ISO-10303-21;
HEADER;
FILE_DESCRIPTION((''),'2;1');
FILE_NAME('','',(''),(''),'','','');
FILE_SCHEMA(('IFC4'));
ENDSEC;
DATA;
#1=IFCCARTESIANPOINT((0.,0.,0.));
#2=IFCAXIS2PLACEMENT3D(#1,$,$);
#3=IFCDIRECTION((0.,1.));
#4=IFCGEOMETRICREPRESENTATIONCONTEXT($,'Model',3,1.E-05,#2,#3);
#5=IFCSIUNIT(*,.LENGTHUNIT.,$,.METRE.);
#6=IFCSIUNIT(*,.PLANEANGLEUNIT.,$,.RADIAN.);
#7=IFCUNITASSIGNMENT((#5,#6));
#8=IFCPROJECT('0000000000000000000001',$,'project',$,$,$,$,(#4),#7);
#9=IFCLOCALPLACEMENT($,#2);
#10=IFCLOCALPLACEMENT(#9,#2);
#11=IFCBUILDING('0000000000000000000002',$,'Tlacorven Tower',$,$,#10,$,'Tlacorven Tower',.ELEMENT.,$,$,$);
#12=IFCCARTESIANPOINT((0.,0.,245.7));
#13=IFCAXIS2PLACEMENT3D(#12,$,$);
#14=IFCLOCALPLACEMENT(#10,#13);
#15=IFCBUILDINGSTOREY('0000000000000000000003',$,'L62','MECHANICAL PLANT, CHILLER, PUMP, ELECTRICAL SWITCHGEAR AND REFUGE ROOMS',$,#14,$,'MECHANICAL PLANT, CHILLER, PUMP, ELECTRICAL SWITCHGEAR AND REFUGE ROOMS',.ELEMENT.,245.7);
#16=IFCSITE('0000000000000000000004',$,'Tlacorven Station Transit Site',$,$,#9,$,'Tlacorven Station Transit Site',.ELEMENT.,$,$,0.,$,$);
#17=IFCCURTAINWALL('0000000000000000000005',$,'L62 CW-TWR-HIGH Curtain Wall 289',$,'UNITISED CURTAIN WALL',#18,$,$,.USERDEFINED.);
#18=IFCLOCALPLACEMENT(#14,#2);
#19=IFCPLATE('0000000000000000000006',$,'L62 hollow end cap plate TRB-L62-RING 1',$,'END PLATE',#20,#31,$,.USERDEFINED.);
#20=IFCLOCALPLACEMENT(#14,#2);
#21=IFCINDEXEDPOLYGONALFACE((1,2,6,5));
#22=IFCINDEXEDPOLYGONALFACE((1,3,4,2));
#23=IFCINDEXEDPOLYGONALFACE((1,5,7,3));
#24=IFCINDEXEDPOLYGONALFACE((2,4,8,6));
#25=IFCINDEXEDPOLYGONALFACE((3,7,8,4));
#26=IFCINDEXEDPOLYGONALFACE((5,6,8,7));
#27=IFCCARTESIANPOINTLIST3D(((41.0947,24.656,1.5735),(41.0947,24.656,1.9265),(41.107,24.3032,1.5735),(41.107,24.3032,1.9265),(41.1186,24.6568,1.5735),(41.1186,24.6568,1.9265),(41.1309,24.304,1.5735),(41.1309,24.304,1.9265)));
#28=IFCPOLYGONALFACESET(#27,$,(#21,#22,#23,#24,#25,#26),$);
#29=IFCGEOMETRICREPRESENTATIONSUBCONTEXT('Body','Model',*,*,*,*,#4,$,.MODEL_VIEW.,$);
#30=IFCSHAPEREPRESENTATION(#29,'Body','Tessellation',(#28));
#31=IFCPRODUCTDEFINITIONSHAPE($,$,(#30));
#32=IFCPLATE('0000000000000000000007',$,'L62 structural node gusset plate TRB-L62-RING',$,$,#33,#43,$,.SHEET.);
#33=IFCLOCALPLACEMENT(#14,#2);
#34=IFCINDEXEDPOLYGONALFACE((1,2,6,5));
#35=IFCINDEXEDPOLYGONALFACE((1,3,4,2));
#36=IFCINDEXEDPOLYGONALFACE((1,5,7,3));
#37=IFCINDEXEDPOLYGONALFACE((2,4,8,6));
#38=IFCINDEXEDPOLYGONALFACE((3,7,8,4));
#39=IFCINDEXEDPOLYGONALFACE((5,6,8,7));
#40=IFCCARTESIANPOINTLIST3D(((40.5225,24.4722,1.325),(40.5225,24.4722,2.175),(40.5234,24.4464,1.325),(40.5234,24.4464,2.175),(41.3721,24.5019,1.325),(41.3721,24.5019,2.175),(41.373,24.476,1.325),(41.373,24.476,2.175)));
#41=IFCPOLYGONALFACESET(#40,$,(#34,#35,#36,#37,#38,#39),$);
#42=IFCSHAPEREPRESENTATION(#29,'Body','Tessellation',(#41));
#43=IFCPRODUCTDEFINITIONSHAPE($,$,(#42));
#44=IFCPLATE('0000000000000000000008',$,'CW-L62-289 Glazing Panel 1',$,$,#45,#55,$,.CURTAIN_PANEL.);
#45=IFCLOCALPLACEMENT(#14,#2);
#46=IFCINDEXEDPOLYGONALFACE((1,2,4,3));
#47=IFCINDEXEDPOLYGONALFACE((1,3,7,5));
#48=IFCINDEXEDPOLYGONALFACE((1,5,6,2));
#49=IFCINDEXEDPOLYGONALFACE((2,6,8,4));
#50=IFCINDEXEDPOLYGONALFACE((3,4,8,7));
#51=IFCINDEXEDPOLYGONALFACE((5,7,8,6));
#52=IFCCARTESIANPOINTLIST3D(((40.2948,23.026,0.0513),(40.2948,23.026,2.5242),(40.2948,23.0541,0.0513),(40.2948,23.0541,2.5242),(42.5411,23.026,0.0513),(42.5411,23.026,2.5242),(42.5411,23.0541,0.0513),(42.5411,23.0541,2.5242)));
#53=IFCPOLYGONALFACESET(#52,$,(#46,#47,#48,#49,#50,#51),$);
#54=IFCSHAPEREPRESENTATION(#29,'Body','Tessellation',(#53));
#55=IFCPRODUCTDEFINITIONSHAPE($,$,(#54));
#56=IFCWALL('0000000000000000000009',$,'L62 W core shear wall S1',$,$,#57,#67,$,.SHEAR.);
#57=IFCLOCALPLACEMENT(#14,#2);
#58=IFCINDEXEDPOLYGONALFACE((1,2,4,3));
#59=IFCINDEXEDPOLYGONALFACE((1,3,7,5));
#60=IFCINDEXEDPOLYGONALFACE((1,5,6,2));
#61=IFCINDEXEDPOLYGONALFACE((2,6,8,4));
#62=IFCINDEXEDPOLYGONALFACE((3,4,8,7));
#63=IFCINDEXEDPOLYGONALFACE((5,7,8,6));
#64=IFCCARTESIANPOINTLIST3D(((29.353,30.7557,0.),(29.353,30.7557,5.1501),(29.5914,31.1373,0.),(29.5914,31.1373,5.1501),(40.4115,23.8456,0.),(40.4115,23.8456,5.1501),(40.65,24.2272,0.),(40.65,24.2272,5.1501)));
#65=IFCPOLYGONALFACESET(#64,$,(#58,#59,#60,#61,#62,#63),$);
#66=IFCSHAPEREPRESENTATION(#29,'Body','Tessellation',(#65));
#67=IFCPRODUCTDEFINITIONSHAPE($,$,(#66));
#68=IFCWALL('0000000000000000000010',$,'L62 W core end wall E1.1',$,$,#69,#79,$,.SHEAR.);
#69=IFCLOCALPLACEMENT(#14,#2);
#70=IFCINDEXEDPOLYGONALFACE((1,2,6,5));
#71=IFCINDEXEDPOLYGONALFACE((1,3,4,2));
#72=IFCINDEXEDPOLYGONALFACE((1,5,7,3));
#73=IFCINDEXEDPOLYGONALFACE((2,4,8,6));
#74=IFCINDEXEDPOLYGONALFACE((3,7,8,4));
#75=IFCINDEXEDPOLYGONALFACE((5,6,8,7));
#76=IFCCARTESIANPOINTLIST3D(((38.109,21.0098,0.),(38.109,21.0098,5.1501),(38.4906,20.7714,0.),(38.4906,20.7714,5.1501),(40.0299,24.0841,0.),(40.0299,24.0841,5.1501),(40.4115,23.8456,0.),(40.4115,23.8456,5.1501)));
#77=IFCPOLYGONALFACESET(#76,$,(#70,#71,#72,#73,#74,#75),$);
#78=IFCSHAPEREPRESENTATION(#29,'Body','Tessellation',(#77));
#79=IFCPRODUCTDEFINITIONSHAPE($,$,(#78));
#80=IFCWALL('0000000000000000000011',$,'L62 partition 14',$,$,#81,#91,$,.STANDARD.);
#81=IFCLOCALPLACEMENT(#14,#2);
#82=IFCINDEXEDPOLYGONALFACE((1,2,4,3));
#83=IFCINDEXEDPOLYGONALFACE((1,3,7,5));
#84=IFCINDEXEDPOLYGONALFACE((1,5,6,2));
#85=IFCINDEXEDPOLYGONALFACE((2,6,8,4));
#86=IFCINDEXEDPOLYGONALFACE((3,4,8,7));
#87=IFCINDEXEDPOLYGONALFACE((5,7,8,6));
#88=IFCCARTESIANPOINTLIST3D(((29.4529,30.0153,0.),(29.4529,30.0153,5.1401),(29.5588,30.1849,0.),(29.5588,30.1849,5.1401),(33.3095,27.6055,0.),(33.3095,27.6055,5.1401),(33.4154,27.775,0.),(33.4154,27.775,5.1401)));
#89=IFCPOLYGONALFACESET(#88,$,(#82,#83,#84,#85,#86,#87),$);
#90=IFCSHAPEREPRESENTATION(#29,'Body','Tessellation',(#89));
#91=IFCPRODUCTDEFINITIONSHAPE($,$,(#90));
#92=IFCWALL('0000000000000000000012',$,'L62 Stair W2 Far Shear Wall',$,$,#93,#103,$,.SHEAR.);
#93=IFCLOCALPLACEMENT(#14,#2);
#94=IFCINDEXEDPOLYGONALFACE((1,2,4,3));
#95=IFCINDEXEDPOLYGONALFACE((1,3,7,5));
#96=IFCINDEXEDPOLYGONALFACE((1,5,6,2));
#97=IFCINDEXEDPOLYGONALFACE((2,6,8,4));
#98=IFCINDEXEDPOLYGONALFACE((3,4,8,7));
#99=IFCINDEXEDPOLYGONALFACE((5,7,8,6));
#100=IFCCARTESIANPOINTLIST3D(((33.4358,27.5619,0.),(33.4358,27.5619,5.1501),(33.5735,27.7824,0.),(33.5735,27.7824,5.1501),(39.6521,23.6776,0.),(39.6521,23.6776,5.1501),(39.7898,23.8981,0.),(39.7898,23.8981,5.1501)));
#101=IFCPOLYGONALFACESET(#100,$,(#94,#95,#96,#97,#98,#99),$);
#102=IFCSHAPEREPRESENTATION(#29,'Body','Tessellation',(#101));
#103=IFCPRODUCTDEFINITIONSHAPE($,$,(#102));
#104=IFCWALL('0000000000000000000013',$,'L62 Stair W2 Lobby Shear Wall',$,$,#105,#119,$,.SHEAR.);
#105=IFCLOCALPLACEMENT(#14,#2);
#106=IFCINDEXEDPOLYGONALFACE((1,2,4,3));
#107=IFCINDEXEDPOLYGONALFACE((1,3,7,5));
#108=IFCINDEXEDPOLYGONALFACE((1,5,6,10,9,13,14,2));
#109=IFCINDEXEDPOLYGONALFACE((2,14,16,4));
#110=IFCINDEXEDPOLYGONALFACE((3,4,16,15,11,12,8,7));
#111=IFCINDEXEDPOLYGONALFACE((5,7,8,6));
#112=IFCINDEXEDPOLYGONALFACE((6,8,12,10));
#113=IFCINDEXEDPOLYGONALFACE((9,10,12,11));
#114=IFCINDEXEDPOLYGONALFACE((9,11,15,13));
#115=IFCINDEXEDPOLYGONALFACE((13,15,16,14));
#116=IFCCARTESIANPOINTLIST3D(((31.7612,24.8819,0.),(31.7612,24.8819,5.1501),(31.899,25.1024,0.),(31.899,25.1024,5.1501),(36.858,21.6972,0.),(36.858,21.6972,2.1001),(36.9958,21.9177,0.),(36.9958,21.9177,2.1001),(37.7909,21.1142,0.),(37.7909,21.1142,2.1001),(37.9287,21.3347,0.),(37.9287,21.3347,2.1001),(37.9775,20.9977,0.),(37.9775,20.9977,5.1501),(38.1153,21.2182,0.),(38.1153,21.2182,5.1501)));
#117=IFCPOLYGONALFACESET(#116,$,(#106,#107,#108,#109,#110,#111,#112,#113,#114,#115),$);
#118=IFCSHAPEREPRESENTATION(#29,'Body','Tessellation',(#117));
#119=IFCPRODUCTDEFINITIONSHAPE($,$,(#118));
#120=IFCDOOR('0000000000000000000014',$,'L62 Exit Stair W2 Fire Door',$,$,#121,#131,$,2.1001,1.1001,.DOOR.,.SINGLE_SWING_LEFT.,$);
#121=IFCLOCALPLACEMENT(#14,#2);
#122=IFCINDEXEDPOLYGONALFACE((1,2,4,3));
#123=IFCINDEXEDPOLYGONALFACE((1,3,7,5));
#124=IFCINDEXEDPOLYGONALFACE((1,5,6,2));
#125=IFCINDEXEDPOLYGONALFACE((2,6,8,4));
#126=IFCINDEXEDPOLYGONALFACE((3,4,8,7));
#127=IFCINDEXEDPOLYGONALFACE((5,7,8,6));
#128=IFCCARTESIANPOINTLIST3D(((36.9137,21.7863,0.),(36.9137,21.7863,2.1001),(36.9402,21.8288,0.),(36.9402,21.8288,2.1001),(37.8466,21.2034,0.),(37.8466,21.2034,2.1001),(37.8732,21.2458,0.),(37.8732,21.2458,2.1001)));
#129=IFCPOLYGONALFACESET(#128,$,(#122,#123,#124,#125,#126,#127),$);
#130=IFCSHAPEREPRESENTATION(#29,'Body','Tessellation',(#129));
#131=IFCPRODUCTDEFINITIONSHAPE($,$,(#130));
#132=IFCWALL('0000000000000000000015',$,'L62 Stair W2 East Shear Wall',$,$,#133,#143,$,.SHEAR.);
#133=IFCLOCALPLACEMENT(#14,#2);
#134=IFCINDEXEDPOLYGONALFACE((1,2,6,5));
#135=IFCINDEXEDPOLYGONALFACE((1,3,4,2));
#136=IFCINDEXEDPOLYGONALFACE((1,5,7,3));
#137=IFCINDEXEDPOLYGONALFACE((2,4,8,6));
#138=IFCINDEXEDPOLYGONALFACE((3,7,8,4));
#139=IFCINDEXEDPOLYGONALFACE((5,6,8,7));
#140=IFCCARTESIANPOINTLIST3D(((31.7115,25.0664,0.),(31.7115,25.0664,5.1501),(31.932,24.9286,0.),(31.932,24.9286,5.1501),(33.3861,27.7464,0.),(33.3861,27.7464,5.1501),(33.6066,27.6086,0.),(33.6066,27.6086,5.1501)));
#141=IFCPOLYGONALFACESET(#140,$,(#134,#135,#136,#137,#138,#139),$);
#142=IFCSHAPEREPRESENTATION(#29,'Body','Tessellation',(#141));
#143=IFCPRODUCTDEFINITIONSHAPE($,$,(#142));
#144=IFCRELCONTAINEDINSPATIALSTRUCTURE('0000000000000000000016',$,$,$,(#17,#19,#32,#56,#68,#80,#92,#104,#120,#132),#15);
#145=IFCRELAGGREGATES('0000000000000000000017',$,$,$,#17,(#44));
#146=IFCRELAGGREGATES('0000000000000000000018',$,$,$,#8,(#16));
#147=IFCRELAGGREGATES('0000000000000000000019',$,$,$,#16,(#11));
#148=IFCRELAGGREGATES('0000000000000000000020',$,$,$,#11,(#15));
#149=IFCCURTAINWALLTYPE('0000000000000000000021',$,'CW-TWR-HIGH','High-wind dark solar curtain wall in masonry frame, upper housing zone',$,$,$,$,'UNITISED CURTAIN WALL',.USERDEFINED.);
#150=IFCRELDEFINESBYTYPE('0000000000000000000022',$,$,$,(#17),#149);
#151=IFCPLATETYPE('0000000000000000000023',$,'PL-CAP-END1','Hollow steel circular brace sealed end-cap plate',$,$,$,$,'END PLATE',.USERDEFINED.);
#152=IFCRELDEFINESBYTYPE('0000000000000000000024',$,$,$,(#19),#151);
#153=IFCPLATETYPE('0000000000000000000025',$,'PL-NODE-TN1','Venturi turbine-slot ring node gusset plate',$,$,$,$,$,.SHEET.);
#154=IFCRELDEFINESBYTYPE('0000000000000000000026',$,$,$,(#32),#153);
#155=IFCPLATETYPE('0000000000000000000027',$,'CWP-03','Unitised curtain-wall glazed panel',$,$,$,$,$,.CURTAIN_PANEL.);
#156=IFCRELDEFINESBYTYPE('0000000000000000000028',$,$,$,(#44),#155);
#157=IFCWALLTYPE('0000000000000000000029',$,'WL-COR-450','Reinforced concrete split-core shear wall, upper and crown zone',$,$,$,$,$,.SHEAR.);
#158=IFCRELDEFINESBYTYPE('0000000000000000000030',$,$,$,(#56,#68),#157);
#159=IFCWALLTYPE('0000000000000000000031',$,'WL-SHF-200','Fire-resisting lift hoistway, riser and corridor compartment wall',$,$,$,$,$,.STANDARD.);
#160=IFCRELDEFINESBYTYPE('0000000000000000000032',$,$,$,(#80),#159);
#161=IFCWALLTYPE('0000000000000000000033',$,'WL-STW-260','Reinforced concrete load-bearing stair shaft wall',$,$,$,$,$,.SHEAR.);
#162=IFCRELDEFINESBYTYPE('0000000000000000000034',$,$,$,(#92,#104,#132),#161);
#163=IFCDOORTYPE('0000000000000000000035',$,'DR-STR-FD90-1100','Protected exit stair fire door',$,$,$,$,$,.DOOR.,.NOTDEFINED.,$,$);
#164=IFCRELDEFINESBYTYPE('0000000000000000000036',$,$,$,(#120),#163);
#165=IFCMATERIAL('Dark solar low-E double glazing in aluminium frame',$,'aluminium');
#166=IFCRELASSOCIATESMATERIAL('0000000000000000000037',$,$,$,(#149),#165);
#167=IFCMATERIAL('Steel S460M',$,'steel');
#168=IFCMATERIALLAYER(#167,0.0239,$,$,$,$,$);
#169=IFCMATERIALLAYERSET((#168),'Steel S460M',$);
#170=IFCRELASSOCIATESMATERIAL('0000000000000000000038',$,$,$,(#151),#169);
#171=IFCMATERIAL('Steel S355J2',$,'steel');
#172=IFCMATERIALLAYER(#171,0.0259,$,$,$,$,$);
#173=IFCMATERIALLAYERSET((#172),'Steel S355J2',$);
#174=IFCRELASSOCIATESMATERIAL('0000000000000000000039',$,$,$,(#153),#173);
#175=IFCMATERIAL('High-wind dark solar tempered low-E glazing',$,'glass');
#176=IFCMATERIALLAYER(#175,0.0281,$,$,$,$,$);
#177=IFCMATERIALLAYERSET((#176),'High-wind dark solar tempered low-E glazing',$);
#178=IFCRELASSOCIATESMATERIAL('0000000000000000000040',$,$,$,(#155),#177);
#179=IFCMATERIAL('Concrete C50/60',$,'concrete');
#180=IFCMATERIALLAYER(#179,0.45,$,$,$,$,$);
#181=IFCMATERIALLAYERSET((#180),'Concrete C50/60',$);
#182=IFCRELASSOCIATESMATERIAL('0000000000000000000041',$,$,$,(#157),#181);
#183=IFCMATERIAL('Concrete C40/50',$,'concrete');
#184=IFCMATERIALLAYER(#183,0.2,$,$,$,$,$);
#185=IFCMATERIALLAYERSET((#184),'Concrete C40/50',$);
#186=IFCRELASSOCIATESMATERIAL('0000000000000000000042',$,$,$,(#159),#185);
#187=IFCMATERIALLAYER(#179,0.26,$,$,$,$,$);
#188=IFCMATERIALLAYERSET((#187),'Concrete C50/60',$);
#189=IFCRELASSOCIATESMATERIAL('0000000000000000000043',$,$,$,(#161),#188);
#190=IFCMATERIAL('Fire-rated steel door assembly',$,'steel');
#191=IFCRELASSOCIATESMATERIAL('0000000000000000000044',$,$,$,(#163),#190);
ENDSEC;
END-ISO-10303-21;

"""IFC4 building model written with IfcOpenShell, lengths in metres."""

from ifc_helpers import new_model, si_unit, direction, frame, frame_2d, origin, origin_2d, place, context, subcontext, project, spatial, rectangle, extrude, source, transform, mapped, material, layer, layer_set, type_object, element, fill, aggregate, save


model = new_model("IFC4")

# Units and contexts
model_context = context("Model", 3, precision=1e-05, world=origin(), true_north=direction((0.0, 1.0)))
body_context = subcontext(model_context, "Body", "Model", "MODEL_VIEW")
ifc_project = project(units=[si_unit("LENGTHUNIT", "METRE"), si_unit("PLANEANGLEUNIT", "RADIAN")], contexts=[model_context])

# Site, building, storey
site_placement = place(None, origin())
site = spatial("IfcSite", under=ifc_project, at=site_placement, Name="Tlacorven Station Transit Site", LongName="Tlacorven Station Transit Site", CompositionType="ELEMENT", RefElevation=0.0)
building_placement = place(site_placement, origin())
building = spatial("IfcBuilding", under=site, at=building_placement, Name="Tlacorven Tower", LongName="Tlacorven Tower", CompositionType="ELEMENT")
storey_placement = place(building_placement, frame((0.0, 0.0, 245.7)))
storey = spatial("IfcBuildingStorey", under=building, at=storey_placement, Name="L62", Description="MECHANICAL PLANT, CHILLER, PUMP, ELECTRICAL SWITCHGEAR AND REFUGE ROOMS", LongName="MECHANICAL PLANT, CHILLER, PUMP, ELECTRICAL SWITCHGEAR AND REFUGE ROOMS", CompositionType="ELEMENT", Elevation=245.7)

# Shared definitions
ifc_material_1 = material(Name="Steel S460M", Category="steel")

# Shared definitions
ifc_material_2 = material(Name="Steel S355J2", Category="steel")

# Curtain wall
ifc_material_3 = material(Name="Dark solar low-E double glazing in aluminium frame", Category="aluminium")
curtain_wall_type = type_object("IfcCurtainWallType", Name="CW-TWR-HIGH", Description="High-wind dark solar curtain wall in masonry frame, upper housing zone", ElementType="UNITISED CURTAIN WALL", PredefinedType="USERDEFINED", material=ifc_material_3)
curtain_wall_placement = place(storey_placement, origin())
curtain_wall = element("IfcCurtainWall", 1, at=curtain_wall_placement, inside=storey, type_object=curtain_wall_type, Name="L62 CW-TWR-HIGH Curtain Wall 289", ObjectType="UNITISED CURTAIN WALL", PredefinedType="USERDEFINED")

# Plates
ifc_layer_1 = layer(ifc_material_1, 0.0239)
ifc_layer_set_1 = layer_set([ifc_layer_1], Name="Steel S460M")
plate_type_1 = type_object("IfcPlateType", Name="PL-CAP-END1", Description="Hollow steel circular brace sealed end-cap plate", ElementType="END PLATE", PredefinedType="USERDEFINED", material=ifc_layer_set_1)
shared_shape_1 = source(origin(), body_context, "Body", "SweptSolid", [
    extrude(rectangle(XDim=0.0239, YDim=0.353, at=origin_2d()), origin(), (0.0, 0.0, 1.0), 0.353),
])
plate_1_placement = place(storey_placement, frame((41.1128, 24.48, 1.5735), z_axis=(0.0, 0.0, 1.0), x_axis=(0.999391, 0.034899, 0.0)))
element("IfcPlate", 2, at=plate_1_placement, inside=storey, type_object=plate_type_1, Name="L62 hollow end cap plate TRB-L62-RING 1", ObjectType="END PLATE", PredefinedType="USERDEFINED", context=body_context, shape_type="MappedRepresentation", body=[
    mapped(shared_shape_1, transform((0.0, 0.0, 0.0), scale=1.0)),
])
ifc_layer_2 = layer(ifc_material_2, 0.0259)
ifc_layer_set_2 = layer_set([ifc_layer_2], Name="Steel S355J2")
plate_type_2 = type_object("IfcPlateType", Name="PL-NODE-TN1", Description="Venturi turbine-slot ring node gusset plate", PredefinedType="SHEET", material=ifc_layer_set_2)
shared_shape_2 = source(origin(), body_context, "Body", "SweptSolid", [
    extrude(rectangle(XDim=0.8501, YDim=0.0259, at=origin_2d()), origin(), (0.0, 0.0, 1.0), 0.8501),
])
plate_2_placement = place(storey_placement, frame((40.9478, 24.4741, 1.325), z_axis=(0.0, 0.0, 1.0), x_axis=(0.999391, 0.034899, 0.0)))
element("IfcPlate", 3, at=plate_2_placement, inside=storey, type_object=plate_type_2, Name="L62 structural node gusset plate TRB-L62-RING", PredefinedType="SHEET", context=body_context, shape_type="MappedRepresentation", body=[
    mapped(shared_shape_2, transform((0.0, 0.0, 0.0), scale=1.0)),
])

# Plate
ifc_material_4 = material(Name="High-wind dark solar tempered low-E glazing", Category="glass")
ifc_layer_3 = layer(ifc_material_4, 0.0281)
ifc_layer_set_3 = layer_set([ifc_layer_3], Name="High-wind dark solar tempered low-E glazing")
plate_type_3 = type_object("IfcPlateType", Name="CWP-03", Description="Unitised curtain-wall glazed panel", PredefinedType="CURTAIN_PANEL", material=ifc_layer_set_3)
shared_shape_3 = source(origin(), body_context, "Body", "SweptSolid", [
    extrude(rectangle(XDim=2.2463, YDim=0.0281, at=origin_2d()), origin(), (0.0, 0.0, 1.0), 2.4729),
])
plate_3_placement = place(storey_placement, frame((41.418, 23.04, 0.0513), z_axis=(0.0, 0.0, 1.0), x_axis=(1.0, 0.0, 0.0)))
plate_3 = element("IfcPlate", 4, at=plate_3_placement, type_object=plate_type_3, Name="CW-L62-289 Glazing Panel 1", PredefinedType="CURTAIN_PANEL", context=body_context, shape_type="MappedRepresentation", body=[
    mapped(shared_shape_3, transform((0.0, 0.0, 0.0), scale=1.0)),
])
aggregate(curtain_wall, [plate_3])

# Walls
ifc_material_5 = material(Name="Concrete C50/60", Category="concrete")
ifc_layer_4 = layer(ifc_material_5, 0.45)
ifc_layer_set_4 = layer_set([ifc_layer_4], Name="Concrete C50/60")
wall_type_1 = type_object("IfcWallType", Name="WL-COR-450", Description="Reinforced concrete split-core shear wall, upper and crown zone", PredefinedType="SHEAR", material=ifc_layer_set_4)
wall_1_placement = place(storey_placement, frame((40.5308, 24.0364, 0.0), z_axis=(0.0, 0.0, 1.0), x_axis=(-0.848049, 0.529918, 0.0)))
element("IfcWall", 5, at=wall_1_placement, inside=storey, type_object=wall_type_1, Name="L62 W core shear wall S1", PredefinedType="SHEAR", context=body_context, shape_type="SweptSolid", body=[
    extrude(rectangle(XDim=13.04, YDim=0.45, at=frame_2d((6.52, 0.0))), origin(), (0.0, 0.0, 1.0), 5.1501),
])
wall_2_placement = place(storey_placement, frame((40.2207, 23.9648, 0.0), z_axis=(0.0, 0.0, 1.0), x_axis=(-0.529902, -0.848059, 0.0)))
element("IfcWall", 6, at=wall_2_placement, inside=storey, type_object=wall_type_1, Name="L62 W core end wall E1.1", PredefinedType="SHEAR", context=body_context, shape_type="SweptSolid", body=[
    extrude(rectangle(XDim=3.625, YDim=0.45, at=frame_2d((1.8125, 0.0))), origin(), (0.0, 0.0, 1.0), 5.1501),
])
ifc_material_6 = material(Name="Concrete C40/50", Category="concrete")
ifc_layer_5 = layer(ifc_material_6, 0.2)
ifc_layer_set_5 = layer_set([ifc_layer_5], Name="Concrete C40/50")
wall_type_2 = type_object("IfcWallType", Name="WL-SHF-200", Description="Fire-resisting lift hoistway, riser and corridor compartment wall", PredefinedType="STANDARD", material=ifc_layer_set_5)
wall_3_placement = place(storey_placement, frame((33.3625, 27.6902, 0.0), z_axis=(0.0, 0.0, 1.0), x_axis=(-0.84805, 0.529917, 0.0)))
element("IfcWall", 7, at=wall_3_placement, inside=storey, type_object=wall_type_2, Name="L62 partition 14", PredefinedType="STANDARD", context=body_context, shape_type="SweptSolid", body=[
    extrude(rectangle(XDim=4.5476, YDim=0.2, at=frame_2d((2.2739, 0.0))), origin(), (0.0, 0.0, 1.0), 5.1401),
])
ifc_layer_6 = layer(ifc_material_5, 0.26)
ifc_layer_set_6 = layer_set([ifc_layer_6], Name="Concrete C50/60")
wall_type_3 = type_object("IfcWallType", Name="WL-STW-260", Description="Reinforced concrete load-bearing stair shaft wall", PredefinedType="SHEAR", material=ifc_layer_set_6)
wall_4_placement = place(storey_placement, frame((39.7209, 23.7878, 0.0), z_axis=(0.0, 0.0, 1.0), x_axis=(-0.848054, 0.529909, 0.0)))
element("IfcWall", 8, at=wall_4_placement, inside=storey, type_object=wall_type_3, Name="L62 Stair W2 Far Shear Wall", PredefinedType="SHEAR", context=body_context, shape_type="SweptSolid", body=[
    extrude(rectangle(XDim=7.3301, YDim=0.26, at=frame_2d((3.665, 0.0))), origin(), (0.0, 0.0, 1.0), 5.1501),
])

# Wall, opening, door
wall_5_placement = place(storey_placement, frame((38.0464, 21.1079, 0.0), z_axis=(0.0, 0.0, 1.0), x_axis=(-0.848054, 0.529909, 0.0)))
wall_5 = element("IfcWall", 9, at=wall_5_placement, inside=storey, type_object=wall_type_3, Name="L62 Stair W2 Lobby Shear Wall", PredefinedType="SHEAR", context=body_context, shape_type="SweptSolid", body=[
    extrude(rectangle(XDim=7.3301, YDim=0.26, at=frame_2d((3.665, 0.0))), origin(), (0.0, 0.0, 1.0), 5.1501),
])
opening_placement = place(wall_5_placement, frame((0.22, 0.0, 0.0)))
opening = element("IfcOpeningElement", 10, at=opening_placement, cuts=wall_5, PredefinedType="OPENING", context=body_context, shape_type="SweptSolid", body=[
    extrude(rectangle(XDim=1.1001, YDim=2.1001, at=frame_2d((0.55, 1.05))), frame((0.0, 0.1401, 0.0), z_axis=(0.0, -1.0, 0.0), x_axis=(1.0, 0.0, 0.0)), (0.0, 0.0, 1.0), 0.28),
])
ifc_material_7 = material(Name="Fire-rated steel door assembly", Category="steel")
door_type = type_object("IfcDoorType", Name="DR-STR-FD90-1100", Description="Protected exit stair fire door", OperationType="NOTDEFINED", PredefinedType="DOOR", material=ifc_material_7)
shared_shape_4 = source(origin(), body_context, "Body", "SweptSolid", [
    extrude(rectangle(XDim=1.1001, YDim=2.1001, at=frame_2d((0.55, 1.05))), frame((0.0, 0.0249, 0.0), z_axis=(0.0, -1.0, 0.0), x_axis=(1.0, 0.0, 0.0)), (0.0, 0.0, 1.0), 0.05),
])
door_placement = place(opening_placement, origin())
door = element("IfcDoor", 11, at=door_placement, inside=storey, type_object=door_type, Name="L62 Exit Stair W2 Fire Door", OperationType="SINGLE_SWING_LEFT", OverallHeight=2.1001, OverallWidth=1.1001, PredefinedType="DOOR", context=body_context, shape_type="MappedRepresentation", body=[
    mapped(shared_shape_4, transform((0.0, 0.0, 0.0), scale=1.0)),
])
fill(opening, door)

# Wall
wall_6_placement = place(storey_placement, frame((33.4963, 27.6775, 0.0), z_axis=(0.0, 0.0, 1.0), x_axis=(-0.529909, -0.848055, 0.0)))
element("IfcWall", 12, at=wall_6_placement, inside=storey, type_object=wall_type_3, Name="L62 Stair W2 East Shear Wall", PredefinedType="SHEAR", context=body_context, shape_type="SweptSolid", body=[
    extrude(rectangle(XDim=3.1602, YDim=0.26, at=frame_2d((1.5801, 0.0))), origin(), (0.0, 0.0, 1.0), 5.1501),
])

save(model, "model.ifc")
